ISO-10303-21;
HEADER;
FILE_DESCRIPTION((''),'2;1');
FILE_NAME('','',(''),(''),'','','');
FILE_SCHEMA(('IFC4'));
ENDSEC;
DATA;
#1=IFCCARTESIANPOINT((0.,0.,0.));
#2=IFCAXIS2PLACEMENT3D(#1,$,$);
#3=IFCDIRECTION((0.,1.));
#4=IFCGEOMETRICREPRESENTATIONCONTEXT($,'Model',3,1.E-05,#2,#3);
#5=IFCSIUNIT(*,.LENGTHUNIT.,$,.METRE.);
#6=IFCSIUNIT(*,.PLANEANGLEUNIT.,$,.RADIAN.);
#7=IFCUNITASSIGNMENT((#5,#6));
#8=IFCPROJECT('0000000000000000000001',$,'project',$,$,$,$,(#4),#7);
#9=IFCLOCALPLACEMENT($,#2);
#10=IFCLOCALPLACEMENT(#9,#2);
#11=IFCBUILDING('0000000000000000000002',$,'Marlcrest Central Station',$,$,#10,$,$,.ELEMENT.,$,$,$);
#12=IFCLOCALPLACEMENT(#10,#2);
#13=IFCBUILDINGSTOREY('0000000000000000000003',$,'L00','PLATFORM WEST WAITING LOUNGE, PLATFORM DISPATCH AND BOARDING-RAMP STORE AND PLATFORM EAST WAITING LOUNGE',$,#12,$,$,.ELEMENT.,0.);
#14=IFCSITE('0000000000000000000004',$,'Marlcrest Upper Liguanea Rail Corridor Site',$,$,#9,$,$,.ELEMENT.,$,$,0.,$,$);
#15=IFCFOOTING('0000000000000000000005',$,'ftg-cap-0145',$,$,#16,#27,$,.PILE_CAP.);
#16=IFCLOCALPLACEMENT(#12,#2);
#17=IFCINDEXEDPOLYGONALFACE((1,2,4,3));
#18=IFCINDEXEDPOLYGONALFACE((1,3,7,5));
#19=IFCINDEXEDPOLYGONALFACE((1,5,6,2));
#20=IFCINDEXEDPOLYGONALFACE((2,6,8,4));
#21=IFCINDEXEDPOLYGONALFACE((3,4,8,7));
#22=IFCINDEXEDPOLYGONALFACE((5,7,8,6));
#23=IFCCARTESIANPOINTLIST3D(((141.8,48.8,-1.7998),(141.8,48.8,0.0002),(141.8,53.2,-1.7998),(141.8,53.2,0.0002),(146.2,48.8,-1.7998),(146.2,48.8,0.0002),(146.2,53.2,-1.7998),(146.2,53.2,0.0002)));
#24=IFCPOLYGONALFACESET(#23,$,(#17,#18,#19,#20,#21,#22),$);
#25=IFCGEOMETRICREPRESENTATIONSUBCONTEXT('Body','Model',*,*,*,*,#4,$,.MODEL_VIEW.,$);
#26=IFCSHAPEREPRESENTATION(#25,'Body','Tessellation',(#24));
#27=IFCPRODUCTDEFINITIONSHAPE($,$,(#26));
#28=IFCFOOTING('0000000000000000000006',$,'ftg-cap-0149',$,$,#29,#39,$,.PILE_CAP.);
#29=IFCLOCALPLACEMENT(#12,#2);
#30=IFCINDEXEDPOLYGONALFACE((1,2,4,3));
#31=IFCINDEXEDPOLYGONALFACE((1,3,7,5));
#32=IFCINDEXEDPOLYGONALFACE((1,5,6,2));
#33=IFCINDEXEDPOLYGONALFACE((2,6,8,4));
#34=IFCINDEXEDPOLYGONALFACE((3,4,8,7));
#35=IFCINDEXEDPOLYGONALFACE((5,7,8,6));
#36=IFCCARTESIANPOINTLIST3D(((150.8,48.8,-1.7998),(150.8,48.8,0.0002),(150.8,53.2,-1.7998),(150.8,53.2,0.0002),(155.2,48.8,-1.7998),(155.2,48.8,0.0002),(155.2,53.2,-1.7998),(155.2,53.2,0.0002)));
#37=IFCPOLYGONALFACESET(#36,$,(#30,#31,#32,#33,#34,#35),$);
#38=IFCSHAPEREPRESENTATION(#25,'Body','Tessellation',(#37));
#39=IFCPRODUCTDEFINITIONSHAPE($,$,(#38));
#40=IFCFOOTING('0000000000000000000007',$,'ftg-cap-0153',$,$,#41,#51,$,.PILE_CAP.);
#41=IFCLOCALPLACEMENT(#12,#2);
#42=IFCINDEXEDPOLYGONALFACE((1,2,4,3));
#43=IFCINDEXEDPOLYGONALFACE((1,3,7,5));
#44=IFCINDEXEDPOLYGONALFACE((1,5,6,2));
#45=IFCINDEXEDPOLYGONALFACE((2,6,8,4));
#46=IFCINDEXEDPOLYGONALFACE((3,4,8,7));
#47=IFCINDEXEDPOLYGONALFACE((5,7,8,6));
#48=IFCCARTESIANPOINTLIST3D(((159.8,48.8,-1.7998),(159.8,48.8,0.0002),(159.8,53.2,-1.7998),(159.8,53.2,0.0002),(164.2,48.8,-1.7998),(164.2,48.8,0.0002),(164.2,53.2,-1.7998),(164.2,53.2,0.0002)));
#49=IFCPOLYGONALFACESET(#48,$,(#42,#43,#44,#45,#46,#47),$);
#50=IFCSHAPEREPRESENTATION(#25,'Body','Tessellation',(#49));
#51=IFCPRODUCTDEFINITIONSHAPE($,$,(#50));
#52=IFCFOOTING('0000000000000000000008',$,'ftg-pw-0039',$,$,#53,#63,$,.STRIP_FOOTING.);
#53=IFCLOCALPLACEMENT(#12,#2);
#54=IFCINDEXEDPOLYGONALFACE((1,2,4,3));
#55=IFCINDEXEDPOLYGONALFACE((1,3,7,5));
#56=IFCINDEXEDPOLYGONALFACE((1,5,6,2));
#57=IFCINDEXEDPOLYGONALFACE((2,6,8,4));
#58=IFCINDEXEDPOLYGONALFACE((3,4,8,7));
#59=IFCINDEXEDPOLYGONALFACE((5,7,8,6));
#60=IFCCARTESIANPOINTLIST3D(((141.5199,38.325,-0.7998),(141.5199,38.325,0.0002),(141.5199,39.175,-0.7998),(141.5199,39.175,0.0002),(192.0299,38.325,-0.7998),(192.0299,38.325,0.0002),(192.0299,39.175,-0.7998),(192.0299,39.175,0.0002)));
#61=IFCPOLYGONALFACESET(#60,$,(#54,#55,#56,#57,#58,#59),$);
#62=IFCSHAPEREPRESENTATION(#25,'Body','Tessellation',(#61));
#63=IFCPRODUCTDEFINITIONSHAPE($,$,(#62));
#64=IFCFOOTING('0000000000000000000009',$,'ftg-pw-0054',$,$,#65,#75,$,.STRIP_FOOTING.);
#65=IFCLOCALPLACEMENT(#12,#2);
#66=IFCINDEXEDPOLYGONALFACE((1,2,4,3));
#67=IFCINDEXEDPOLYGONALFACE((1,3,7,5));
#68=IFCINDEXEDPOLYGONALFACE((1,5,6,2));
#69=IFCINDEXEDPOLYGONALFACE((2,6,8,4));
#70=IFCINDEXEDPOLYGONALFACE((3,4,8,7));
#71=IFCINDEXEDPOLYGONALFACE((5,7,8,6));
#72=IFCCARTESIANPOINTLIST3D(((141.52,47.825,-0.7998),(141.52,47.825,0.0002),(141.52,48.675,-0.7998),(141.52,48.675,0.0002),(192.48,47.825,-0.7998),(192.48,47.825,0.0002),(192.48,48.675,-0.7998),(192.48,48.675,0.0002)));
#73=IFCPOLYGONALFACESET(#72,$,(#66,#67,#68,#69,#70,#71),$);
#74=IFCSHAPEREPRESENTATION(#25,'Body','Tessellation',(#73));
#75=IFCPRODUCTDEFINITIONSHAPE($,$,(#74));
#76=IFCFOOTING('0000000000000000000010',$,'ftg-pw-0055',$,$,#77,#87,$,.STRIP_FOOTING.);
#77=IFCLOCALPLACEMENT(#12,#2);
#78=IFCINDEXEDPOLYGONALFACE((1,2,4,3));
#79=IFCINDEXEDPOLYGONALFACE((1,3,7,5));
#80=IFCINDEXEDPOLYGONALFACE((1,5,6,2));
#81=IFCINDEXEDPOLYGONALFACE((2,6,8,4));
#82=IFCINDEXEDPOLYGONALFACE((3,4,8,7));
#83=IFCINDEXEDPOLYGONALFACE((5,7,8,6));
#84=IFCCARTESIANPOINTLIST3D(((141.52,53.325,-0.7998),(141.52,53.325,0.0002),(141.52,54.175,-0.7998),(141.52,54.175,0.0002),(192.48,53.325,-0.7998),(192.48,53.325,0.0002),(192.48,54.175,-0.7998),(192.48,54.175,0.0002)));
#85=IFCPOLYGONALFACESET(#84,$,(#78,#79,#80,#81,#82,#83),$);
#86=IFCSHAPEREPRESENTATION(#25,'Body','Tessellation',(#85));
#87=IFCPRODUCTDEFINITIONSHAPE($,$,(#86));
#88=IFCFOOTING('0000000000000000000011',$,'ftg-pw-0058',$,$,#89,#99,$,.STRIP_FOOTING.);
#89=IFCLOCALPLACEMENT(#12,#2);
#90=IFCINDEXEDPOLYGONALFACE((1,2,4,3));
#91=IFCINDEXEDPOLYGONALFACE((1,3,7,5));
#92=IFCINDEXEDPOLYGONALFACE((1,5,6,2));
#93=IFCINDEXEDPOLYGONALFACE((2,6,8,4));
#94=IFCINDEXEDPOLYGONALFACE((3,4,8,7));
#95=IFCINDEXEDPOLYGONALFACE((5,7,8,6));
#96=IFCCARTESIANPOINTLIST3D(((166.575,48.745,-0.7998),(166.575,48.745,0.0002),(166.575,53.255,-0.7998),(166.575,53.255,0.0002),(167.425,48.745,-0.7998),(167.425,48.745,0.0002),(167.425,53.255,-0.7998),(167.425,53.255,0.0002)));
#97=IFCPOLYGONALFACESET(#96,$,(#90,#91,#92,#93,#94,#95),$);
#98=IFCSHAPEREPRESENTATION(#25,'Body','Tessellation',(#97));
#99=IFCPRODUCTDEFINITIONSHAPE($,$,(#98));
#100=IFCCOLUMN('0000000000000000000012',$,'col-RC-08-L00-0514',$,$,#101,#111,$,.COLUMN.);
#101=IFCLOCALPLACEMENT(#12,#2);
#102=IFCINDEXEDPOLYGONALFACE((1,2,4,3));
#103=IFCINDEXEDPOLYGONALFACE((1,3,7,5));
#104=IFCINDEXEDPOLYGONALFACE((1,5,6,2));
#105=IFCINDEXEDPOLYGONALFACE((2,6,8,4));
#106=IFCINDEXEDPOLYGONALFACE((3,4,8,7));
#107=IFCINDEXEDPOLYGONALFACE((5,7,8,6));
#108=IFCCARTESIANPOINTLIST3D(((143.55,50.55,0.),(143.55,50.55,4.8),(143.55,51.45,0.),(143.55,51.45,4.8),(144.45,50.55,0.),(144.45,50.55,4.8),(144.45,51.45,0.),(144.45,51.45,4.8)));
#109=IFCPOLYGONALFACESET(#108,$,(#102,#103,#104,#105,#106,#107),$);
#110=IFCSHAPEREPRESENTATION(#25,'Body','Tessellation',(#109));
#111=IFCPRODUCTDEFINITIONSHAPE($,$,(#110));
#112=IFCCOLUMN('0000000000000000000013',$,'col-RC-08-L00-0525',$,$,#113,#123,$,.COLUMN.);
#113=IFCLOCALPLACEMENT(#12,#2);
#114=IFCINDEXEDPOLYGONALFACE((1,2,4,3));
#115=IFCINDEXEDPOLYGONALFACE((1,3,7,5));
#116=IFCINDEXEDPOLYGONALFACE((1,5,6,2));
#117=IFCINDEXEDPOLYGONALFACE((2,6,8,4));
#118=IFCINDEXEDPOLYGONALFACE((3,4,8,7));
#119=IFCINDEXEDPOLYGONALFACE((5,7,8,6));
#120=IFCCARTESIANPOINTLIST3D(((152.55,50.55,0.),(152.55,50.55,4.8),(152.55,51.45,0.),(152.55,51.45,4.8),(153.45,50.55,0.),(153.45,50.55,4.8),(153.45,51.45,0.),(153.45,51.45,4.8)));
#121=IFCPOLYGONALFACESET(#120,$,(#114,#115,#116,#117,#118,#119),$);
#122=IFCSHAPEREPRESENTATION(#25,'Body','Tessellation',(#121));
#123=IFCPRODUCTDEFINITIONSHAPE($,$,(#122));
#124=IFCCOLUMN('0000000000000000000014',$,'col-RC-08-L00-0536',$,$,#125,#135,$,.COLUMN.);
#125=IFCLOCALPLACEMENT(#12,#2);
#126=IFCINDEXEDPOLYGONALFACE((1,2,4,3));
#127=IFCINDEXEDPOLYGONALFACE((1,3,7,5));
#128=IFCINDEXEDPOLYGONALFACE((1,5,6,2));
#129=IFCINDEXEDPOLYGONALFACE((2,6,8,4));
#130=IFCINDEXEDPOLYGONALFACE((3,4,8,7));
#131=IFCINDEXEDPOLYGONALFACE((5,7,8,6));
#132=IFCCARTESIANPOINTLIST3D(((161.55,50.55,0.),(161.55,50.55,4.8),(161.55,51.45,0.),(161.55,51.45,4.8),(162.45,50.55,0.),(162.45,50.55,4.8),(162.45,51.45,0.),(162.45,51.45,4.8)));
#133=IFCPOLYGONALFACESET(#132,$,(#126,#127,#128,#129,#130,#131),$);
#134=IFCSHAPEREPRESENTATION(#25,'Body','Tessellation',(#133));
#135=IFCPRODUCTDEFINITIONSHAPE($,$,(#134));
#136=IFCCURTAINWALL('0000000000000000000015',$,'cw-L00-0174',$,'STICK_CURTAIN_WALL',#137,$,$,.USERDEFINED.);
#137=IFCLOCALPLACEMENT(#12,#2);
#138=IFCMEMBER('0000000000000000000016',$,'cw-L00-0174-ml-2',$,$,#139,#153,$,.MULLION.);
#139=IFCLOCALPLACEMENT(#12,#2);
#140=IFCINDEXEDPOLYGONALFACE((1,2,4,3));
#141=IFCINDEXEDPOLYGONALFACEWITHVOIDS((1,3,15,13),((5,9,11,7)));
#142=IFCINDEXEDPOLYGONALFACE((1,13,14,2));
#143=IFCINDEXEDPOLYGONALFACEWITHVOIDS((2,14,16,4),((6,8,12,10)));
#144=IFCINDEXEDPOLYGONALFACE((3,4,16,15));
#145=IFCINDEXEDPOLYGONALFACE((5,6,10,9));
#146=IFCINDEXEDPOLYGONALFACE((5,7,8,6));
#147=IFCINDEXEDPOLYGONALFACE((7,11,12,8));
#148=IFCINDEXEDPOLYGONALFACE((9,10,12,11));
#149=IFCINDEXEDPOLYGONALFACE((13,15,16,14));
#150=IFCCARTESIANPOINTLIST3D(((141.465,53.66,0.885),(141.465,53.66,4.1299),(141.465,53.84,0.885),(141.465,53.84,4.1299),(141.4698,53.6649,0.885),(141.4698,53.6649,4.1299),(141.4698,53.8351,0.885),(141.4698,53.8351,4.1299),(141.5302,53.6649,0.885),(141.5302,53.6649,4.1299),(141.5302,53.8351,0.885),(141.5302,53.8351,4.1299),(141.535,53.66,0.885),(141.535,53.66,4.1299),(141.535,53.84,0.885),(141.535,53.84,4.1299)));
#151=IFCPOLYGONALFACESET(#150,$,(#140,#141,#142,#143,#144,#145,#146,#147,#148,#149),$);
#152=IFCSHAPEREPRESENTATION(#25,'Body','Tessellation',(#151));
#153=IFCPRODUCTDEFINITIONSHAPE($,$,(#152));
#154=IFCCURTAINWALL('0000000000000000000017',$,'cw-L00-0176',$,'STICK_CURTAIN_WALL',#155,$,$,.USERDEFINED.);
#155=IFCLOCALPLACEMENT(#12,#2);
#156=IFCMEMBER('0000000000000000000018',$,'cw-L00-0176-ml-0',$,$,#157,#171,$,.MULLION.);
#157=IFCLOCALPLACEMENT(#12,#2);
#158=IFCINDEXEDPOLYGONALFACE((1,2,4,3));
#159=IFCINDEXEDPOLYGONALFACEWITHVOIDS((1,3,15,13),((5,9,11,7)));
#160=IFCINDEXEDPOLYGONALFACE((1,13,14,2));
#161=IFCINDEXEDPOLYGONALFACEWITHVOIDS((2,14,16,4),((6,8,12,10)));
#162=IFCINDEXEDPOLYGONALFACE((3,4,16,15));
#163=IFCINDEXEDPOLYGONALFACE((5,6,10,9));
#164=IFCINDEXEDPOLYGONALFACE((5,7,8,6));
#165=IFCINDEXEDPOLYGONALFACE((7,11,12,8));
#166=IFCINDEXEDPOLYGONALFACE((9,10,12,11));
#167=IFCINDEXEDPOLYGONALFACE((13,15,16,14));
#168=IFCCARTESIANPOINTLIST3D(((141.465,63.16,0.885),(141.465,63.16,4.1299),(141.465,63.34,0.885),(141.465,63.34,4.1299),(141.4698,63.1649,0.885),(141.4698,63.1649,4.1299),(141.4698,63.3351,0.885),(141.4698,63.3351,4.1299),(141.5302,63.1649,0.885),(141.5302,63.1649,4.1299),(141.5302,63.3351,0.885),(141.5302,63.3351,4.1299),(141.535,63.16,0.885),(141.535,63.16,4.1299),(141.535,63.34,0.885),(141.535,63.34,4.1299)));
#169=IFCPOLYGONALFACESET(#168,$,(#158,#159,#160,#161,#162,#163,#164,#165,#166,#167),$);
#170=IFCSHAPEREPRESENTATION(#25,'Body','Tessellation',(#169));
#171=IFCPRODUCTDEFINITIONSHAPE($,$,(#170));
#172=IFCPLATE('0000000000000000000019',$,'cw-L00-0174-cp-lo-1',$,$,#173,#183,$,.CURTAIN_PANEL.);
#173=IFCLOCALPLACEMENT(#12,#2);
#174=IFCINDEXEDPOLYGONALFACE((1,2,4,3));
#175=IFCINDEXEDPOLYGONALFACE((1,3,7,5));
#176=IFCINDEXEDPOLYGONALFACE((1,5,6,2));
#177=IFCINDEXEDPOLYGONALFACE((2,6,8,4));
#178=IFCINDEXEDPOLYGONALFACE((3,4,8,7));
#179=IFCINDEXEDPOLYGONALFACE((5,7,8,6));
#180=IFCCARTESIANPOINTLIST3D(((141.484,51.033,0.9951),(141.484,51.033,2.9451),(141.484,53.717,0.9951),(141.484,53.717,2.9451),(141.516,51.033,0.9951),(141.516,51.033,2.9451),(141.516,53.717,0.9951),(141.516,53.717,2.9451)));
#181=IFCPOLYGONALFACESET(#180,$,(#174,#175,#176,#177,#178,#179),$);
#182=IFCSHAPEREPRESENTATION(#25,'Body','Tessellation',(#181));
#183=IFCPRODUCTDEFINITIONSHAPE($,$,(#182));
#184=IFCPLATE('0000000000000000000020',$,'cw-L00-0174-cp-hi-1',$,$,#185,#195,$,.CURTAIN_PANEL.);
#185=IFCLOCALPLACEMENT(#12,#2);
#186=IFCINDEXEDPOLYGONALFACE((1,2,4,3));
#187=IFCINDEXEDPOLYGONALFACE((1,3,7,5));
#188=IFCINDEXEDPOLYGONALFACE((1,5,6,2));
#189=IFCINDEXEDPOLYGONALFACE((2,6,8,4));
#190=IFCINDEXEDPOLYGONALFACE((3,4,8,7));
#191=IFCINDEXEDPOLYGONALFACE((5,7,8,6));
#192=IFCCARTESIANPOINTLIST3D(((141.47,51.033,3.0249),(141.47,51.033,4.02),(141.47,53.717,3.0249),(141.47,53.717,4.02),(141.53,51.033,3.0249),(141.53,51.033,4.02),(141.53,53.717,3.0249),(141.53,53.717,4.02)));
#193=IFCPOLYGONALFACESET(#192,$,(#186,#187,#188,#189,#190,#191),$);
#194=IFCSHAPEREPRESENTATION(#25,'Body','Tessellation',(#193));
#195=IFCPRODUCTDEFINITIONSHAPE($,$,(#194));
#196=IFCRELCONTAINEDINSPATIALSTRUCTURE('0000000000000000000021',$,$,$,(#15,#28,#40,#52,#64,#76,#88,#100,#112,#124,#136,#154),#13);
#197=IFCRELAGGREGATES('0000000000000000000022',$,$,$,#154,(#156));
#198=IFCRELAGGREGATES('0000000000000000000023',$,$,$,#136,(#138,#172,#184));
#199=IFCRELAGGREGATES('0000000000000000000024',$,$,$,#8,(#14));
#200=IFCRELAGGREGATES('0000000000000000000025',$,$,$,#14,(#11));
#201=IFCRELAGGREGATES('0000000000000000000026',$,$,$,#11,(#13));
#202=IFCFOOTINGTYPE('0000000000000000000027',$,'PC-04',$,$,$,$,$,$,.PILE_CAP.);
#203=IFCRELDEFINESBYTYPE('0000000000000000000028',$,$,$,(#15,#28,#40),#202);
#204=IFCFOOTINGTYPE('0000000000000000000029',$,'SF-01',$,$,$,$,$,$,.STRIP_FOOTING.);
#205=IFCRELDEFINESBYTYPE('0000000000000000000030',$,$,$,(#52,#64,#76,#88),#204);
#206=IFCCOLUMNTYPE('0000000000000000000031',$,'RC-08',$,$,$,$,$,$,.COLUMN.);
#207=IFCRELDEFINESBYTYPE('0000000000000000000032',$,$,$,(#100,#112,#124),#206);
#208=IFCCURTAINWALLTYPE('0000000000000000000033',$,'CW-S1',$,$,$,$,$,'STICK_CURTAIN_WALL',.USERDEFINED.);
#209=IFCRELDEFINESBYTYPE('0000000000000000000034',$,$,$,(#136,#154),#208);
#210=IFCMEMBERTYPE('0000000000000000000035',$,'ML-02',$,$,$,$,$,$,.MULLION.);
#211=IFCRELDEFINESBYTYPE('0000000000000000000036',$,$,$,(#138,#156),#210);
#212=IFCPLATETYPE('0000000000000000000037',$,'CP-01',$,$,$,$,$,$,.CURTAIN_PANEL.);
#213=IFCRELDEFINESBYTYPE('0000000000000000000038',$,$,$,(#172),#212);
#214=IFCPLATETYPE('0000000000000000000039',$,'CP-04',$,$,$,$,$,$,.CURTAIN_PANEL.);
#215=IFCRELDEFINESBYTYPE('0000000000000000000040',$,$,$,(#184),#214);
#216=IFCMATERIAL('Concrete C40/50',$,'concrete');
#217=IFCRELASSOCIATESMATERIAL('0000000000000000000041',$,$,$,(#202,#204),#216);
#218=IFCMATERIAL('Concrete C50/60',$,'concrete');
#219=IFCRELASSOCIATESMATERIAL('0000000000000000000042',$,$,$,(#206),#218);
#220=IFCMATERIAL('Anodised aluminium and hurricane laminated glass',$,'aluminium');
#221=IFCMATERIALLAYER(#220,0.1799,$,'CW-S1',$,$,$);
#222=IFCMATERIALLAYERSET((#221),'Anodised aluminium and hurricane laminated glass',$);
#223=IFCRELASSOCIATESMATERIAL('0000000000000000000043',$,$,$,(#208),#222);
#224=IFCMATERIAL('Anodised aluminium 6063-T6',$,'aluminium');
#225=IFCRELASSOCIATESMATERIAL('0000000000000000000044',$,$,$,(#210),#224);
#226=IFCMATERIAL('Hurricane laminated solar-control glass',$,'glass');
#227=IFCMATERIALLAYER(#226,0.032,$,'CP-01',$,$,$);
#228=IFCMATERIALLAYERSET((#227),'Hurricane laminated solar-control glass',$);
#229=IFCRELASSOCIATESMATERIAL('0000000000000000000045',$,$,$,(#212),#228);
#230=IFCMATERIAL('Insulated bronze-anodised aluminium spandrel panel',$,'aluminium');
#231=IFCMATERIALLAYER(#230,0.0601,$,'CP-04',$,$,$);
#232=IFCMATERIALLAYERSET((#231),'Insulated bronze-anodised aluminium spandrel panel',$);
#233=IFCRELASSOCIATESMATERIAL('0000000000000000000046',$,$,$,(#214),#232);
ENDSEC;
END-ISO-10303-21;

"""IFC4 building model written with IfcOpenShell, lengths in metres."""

from ifc_helpers import new_model, si_unit, direction, frame, origin, origin_2d, place, context, subcontext, project, spatial, rectangle, hollow_rectangle, extrude, material, layer, layer_set, material_profile, profile_set, type_object, element, aggregate, save


model = new_model("IFC4")

# Units and contexts
model_context = context("Model", 3, precision=1e-05, world=origin(), true_north=direction((0.0, 1.0)))
body_context = subcontext(model_context, "Body", "Model", "MODEL_VIEW")
ifc_project = project(units=[si_unit("LENGTHUNIT", "METRE"), si_unit("PLANEANGLEUNIT", "RADIAN")], contexts=[model_context])

# Site, building, storey
site_placement = place(None, origin())
site = spatial("IfcSite", under=ifc_project, at=site_placement, Name="Marlcrest Upper Liguanea Rail Corridor Site", CompositionType="ELEMENT", RefElevation=0.0)
building_placement = place(site_placement, origin())
building = spatial("IfcBuilding", under=site, at=building_placement, Name="Marlcrest Central Station", CompositionType="ELEMENT")
storey_placement = place(building_placement, origin())
storey = spatial("IfcBuildingStorey", under=building, at=storey_placement, Name="L00", Description="PLATFORM WEST WAITING LOUNGE, PLATFORM DISPATCH AND BOARDING-RAMP STORE AND PLATFORM EAST WAITING LOUNGE", CompositionType="ELEMENT", Elevation=0.0)

# Footings
ifc_material_1 = material(Name="Concrete C40/50", Category="concrete")
footing_type_1 = type_object("IfcFootingType", Name="PC-04", PredefinedType="PILE_CAP", material=ifc_material_1)
for number, where, z_axis, x_axis, name in (
    (1, (144.0, 51.0, -1.7998), (0.0, 0.0, 1.0), (1.0, 0.0, 0.0), "ftg-cap-0145"),
    (2, (153.0, 51.0, -1.7998), (0.0, 0.0, 1.0), (1.0, 0.0, 0.0), "ftg-cap-0149"),
    (3, (162.0, 51.0, -1.7998), (0.0, 0.0, 1.0), (1.0, 0.0, 0.0), "ftg-cap-0153"),
):
    element("IfcFooting", number, at=place(storey_placement, frame(where, z_axis=z_axis, x_axis=x_axis)), inside=storey, type_object=footing_type_1, Name=name, PredefinedType="PILE_CAP", context=body_context, shape_type="SweptSolid", body=[
        extrude(rectangle(XDim=4.3999, YDim=4.3999, at=origin_2d()), origin(), (0.0, 0.0, 1.0), 1.8),
    ])
footing_type_2 = type_object("IfcFootingType", Name="SF-01", PredefinedType="STRIP_FOOTING", material=ifc_material_1)
footing_1_placement = place(storey_placement, frame((166.7749, 38.75, -0.7998), z_axis=(0.0, 0.0, 1.0), x_axis=(1.0, 0.0, 0.0)))
element("IfcFooting", 4, at=footing_1_placement, inside=storey, type_object=footing_type_2, Name="ftg-pw-0039", PredefinedType="STRIP_FOOTING", context=body_context, shape_type="SweptSolid", body=[
    extrude(rectangle(XDim=50.51, YDim=0.8501, at=origin_2d()), origin(), (0.0, 0.0, 1.0), 0.8),
])
for number, where, z_axis, x_axis, name in (
    (5, (167.0, 48.25, -0.7998), (0.0, 0.0, 1.0), (1.0, 0.0, 0.0), "ftg-pw-0054"),
    (6, (167.0, 53.75, -0.7998), (0.0, 0.0, 1.0), (1.0, 0.0, 0.0), "ftg-pw-0055"),
):
    element("IfcFooting", number, at=place(storey_placement, frame(where, z_axis=z_axis, x_axis=x_axis)), inside=storey, type_object=footing_type_2, Name=name, PredefinedType="STRIP_FOOTING", context=body_context, shape_type="SweptSolid", body=[
        extrude(rectangle(XDim=50.96, YDim=0.8501, at=origin_2d()), origin(), (0.0, 0.0, 1.0), 0.8),
    ])
footing_2_placement = place(storey_placement, frame((167.0, 51.0, -0.7998), z_axis=(0.0, 0.0, 1.0), x_axis=(1.0, 0.0, 0.0)))
element("IfcFooting", 7, at=footing_2_placement, inside=storey, type_object=footing_type_2, Name="ftg-pw-0058", PredefinedType="STRIP_FOOTING", context=body_context, shape_type="SweptSolid", body=[
    extrude(rectangle(XDim=0.8501, YDim=4.51, at=origin_2d()), origin(), (0.0, 0.0, 1.0), 0.8),
])

# Columns
ifc_material_2 = material(Name="Concrete C50/60", Category="concrete")
ifc_material_profile_1 = material_profile(ifc_material_2, rectangle(XDim=0.8999, YDim=0.8999, at=origin_2d()), Name="RC 900x900")
ifc_profile_set_1 = profile_set([ifc_material_profile_1], Name="Concrete C50/60")
column_type = type_object("IfcColumnType", Name="RC-08", PredefinedType="COLUMN", material=ifc_profile_set_1)
for number, where, z_axis, x_axis, name in (
    (8, (144.0, 51.0, 0.0), (0.0, 0.0, 1.0), (1.0, 0.0, 0.0), "col-RC-08-L00-0514"),
    (9, (153.0, 51.0, 0.0), (0.0, 0.0, 1.0), (1.0, 0.0, 0.0), "col-RC-08-L00-0525"),
    (10, (162.0, 51.0, 0.0), (0.0, 0.0, 1.0), (1.0, 0.0, 0.0), "col-RC-08-L00-0536"),
):
    element("IfcColumn", number, at=place(storey_placement, frame(where, z_axis=z_axis, x_axis=x_axis)), inside=storey, type_object=column_type, Name=name, PredefinedType="COLUMN", context=body_context, shape_type="SweptSolid", body=[
        extrude(rectangle(XDim=0.8999, YDim=0.8999, at=origin_2d()), origin(), (0.0, 0.0, 1.0), 4.8),
    ])

# Curtain walls, members
ifc_material_3 = material(Name="Anodised aluminium and hurricane laminated glass", Category="aluminium")
ifc_layer_1 = layer(ifc_material_3, 0.1799, Name="CW-S1")
ifc_layer_set_1 = layer_set([ifc_layer_1], Name="Anodised aluminium and hurricane laminated glass")
curtain_wall_type = type_object("IfcCurtainWallType", Name="CW-S1", ElementType="STICK_CURTAIN_WALL", PredefinedType="USERDEFINED", material=ifc_layer_set_1)
curtain_wall_1_placement = place(storey_placement, origin())
curtain_wall_1 = element("IfcCurtainWall", 11, at=curtain_wall_1_placement, inside=storey, type_object=curtain_wall_type, Name="cw-L00-0174", ObjectType="STICK_CURTAIN_WALL", PredefinedType="USERDEFINED")
ifc_material_4 = material(Name="Anodised aluminium 6063-T6", Category="aluminium")
ifc_material_profile_2 = material_profile(ifc_material_4, hollow_rectangle(XDim=0.0701, YDim=0.1799, WallThickness=0.0049, at=origin_2d()), Name="AA-RHS 180x70x5")
ifc_profile_set_2 = profile_set([ifc_material_profile_2], Name="Anodised aluminium 6063-T6")
member_type = type_object("IfcMemberType", Name="ML-02", PredefinedType="MULLION", material=ifc_profile_set_2)
member_1_placement = place(storey_placement, frame((141.5, 53.75, 0.885), z_axis=(0.0, 0.0, 1.0), x_axis=(1.0, 0.0, 0.0)))
member_1 = element("IfcMember", 12, at=member_1_placement, type_object=member_type, Name="cw-L00-0174-ml-2", PredefinedType="MULLION", context=body_context, shape_type="SweptSolid", body=[
    extrude(hollow_rectangle(XDim=0.0701, YDim=0.1799, WallThickness=0.0049, at=origin_2d()), origin(), (0.0, 0.0, 1.0), 3.2449),
])
curtain_wall_2_placement = place(storey_placement, origin())
curtain_wall_2 = element("IfcCurtainWall", 13, at=curtain_wall_2_placement, inside=storey, type_object=curtain_wall_type, Name="cw-L00-0176", ObjectType="STICK_CURTAIN_WALL", PredefinedType="USERDEFINED")
member_2_placement = place(storey_placement, frame((141.5, 63.25, 0.885), z_axis=(0.0, 0.0, 1.0), x_axis=(1.0, 0.0, 0.0)))
member_2 = element("IfcMember", 14, at=member_2_placement, type_object=member_type, Name="cw-L00-0176-ml-0", PredefinedType="MULLION", context=body_context, shape_type="SweptSolid", body=[
    extrude(hollow_rectangle(XDim=0.0701, YDim=0.1799, WallThickness=0.0049, at=origin_2d()), origin(), (0.0, 0.0, 1.0), 3.2449),
])
aggregate(curtain_wall_2, [member_2])

# Plates
ifc_material_5 = material(Name="Hurricane laminated solar-control glass", Category="glass")
ifc_layer_2 = layer(ifc_material_5, 0.032, Name="CP-01")
ifc_layer_set_2 = layer_set([ifc_layer_2], Name="Hurricane laminated solar-control glass")
plate_type_1 = type_object("IfcPlateType", Name="CP-01", PredefinedType="CURTAIN_PANEL", material=ifc_layer_set_2)
plate_1_placement = place(storey_placement, frame((141.5, 52.375, 0.9951), z_axis=(0.0, 0.0, 1.0), x_axis=(0.0, 1.0, 0.0)))
plate_1 = element("IfcPlate", 15, at=plate_1_placement, type_object=plate_type_1, Name="cw-L00-0174-cp-lo-1", PredefinedType="CURTAIN_PANEL", context=body_context, shape_type="SweptSolid", body=[
    extrude(rectangle(XDim=2.6841, YDim=0.032, at=origin_2d()), origin(), (0.0, 0.0, 1.0), 1.95),
])
ifc_material_6 = material(Name="Insulated bronze-anodised aluminium spandrel panel", Category="aluminium")
ifc_layer_3 = layer(ifc_material_6, 0.0601, Name="CP-04")
ifc_layer_set_3 = layer_set([ifc_layer_3], Name="Insulated bronze-anodised aluminium spandrel panel")
plate_type_2 = type_object("IfcPlateType", Name="CP-04", PredefinedType="CURTAIN_PANEL", material=ifc_layer_set_3)
plate_2_placement = place(storey_placement, frame((141.5, 52.375, 3.0249), z_axis=(0.0, 0.0, 1.0), x_axis=(0.0, 1.0, 0.0)))
plate_2 = element("IfcPlate", 16, at=plate_2_placement, type_object=plate_type_2, Name="cw-L00-0174-cp-hi-1", PredefinedType="CURTAIN_PANEL", context=body_context, shape_type="SweptSolid", body=[
    extrude(rectangle(XDim=2.6841, YDim=0.0601, at=origin_2d()), origin(), (0.0, 0.0, 1.0), 0.9951),
])
aggregate(curtain_wall_1, [member_1, plate_1, plate_2])

save(model, "model.ifc")
